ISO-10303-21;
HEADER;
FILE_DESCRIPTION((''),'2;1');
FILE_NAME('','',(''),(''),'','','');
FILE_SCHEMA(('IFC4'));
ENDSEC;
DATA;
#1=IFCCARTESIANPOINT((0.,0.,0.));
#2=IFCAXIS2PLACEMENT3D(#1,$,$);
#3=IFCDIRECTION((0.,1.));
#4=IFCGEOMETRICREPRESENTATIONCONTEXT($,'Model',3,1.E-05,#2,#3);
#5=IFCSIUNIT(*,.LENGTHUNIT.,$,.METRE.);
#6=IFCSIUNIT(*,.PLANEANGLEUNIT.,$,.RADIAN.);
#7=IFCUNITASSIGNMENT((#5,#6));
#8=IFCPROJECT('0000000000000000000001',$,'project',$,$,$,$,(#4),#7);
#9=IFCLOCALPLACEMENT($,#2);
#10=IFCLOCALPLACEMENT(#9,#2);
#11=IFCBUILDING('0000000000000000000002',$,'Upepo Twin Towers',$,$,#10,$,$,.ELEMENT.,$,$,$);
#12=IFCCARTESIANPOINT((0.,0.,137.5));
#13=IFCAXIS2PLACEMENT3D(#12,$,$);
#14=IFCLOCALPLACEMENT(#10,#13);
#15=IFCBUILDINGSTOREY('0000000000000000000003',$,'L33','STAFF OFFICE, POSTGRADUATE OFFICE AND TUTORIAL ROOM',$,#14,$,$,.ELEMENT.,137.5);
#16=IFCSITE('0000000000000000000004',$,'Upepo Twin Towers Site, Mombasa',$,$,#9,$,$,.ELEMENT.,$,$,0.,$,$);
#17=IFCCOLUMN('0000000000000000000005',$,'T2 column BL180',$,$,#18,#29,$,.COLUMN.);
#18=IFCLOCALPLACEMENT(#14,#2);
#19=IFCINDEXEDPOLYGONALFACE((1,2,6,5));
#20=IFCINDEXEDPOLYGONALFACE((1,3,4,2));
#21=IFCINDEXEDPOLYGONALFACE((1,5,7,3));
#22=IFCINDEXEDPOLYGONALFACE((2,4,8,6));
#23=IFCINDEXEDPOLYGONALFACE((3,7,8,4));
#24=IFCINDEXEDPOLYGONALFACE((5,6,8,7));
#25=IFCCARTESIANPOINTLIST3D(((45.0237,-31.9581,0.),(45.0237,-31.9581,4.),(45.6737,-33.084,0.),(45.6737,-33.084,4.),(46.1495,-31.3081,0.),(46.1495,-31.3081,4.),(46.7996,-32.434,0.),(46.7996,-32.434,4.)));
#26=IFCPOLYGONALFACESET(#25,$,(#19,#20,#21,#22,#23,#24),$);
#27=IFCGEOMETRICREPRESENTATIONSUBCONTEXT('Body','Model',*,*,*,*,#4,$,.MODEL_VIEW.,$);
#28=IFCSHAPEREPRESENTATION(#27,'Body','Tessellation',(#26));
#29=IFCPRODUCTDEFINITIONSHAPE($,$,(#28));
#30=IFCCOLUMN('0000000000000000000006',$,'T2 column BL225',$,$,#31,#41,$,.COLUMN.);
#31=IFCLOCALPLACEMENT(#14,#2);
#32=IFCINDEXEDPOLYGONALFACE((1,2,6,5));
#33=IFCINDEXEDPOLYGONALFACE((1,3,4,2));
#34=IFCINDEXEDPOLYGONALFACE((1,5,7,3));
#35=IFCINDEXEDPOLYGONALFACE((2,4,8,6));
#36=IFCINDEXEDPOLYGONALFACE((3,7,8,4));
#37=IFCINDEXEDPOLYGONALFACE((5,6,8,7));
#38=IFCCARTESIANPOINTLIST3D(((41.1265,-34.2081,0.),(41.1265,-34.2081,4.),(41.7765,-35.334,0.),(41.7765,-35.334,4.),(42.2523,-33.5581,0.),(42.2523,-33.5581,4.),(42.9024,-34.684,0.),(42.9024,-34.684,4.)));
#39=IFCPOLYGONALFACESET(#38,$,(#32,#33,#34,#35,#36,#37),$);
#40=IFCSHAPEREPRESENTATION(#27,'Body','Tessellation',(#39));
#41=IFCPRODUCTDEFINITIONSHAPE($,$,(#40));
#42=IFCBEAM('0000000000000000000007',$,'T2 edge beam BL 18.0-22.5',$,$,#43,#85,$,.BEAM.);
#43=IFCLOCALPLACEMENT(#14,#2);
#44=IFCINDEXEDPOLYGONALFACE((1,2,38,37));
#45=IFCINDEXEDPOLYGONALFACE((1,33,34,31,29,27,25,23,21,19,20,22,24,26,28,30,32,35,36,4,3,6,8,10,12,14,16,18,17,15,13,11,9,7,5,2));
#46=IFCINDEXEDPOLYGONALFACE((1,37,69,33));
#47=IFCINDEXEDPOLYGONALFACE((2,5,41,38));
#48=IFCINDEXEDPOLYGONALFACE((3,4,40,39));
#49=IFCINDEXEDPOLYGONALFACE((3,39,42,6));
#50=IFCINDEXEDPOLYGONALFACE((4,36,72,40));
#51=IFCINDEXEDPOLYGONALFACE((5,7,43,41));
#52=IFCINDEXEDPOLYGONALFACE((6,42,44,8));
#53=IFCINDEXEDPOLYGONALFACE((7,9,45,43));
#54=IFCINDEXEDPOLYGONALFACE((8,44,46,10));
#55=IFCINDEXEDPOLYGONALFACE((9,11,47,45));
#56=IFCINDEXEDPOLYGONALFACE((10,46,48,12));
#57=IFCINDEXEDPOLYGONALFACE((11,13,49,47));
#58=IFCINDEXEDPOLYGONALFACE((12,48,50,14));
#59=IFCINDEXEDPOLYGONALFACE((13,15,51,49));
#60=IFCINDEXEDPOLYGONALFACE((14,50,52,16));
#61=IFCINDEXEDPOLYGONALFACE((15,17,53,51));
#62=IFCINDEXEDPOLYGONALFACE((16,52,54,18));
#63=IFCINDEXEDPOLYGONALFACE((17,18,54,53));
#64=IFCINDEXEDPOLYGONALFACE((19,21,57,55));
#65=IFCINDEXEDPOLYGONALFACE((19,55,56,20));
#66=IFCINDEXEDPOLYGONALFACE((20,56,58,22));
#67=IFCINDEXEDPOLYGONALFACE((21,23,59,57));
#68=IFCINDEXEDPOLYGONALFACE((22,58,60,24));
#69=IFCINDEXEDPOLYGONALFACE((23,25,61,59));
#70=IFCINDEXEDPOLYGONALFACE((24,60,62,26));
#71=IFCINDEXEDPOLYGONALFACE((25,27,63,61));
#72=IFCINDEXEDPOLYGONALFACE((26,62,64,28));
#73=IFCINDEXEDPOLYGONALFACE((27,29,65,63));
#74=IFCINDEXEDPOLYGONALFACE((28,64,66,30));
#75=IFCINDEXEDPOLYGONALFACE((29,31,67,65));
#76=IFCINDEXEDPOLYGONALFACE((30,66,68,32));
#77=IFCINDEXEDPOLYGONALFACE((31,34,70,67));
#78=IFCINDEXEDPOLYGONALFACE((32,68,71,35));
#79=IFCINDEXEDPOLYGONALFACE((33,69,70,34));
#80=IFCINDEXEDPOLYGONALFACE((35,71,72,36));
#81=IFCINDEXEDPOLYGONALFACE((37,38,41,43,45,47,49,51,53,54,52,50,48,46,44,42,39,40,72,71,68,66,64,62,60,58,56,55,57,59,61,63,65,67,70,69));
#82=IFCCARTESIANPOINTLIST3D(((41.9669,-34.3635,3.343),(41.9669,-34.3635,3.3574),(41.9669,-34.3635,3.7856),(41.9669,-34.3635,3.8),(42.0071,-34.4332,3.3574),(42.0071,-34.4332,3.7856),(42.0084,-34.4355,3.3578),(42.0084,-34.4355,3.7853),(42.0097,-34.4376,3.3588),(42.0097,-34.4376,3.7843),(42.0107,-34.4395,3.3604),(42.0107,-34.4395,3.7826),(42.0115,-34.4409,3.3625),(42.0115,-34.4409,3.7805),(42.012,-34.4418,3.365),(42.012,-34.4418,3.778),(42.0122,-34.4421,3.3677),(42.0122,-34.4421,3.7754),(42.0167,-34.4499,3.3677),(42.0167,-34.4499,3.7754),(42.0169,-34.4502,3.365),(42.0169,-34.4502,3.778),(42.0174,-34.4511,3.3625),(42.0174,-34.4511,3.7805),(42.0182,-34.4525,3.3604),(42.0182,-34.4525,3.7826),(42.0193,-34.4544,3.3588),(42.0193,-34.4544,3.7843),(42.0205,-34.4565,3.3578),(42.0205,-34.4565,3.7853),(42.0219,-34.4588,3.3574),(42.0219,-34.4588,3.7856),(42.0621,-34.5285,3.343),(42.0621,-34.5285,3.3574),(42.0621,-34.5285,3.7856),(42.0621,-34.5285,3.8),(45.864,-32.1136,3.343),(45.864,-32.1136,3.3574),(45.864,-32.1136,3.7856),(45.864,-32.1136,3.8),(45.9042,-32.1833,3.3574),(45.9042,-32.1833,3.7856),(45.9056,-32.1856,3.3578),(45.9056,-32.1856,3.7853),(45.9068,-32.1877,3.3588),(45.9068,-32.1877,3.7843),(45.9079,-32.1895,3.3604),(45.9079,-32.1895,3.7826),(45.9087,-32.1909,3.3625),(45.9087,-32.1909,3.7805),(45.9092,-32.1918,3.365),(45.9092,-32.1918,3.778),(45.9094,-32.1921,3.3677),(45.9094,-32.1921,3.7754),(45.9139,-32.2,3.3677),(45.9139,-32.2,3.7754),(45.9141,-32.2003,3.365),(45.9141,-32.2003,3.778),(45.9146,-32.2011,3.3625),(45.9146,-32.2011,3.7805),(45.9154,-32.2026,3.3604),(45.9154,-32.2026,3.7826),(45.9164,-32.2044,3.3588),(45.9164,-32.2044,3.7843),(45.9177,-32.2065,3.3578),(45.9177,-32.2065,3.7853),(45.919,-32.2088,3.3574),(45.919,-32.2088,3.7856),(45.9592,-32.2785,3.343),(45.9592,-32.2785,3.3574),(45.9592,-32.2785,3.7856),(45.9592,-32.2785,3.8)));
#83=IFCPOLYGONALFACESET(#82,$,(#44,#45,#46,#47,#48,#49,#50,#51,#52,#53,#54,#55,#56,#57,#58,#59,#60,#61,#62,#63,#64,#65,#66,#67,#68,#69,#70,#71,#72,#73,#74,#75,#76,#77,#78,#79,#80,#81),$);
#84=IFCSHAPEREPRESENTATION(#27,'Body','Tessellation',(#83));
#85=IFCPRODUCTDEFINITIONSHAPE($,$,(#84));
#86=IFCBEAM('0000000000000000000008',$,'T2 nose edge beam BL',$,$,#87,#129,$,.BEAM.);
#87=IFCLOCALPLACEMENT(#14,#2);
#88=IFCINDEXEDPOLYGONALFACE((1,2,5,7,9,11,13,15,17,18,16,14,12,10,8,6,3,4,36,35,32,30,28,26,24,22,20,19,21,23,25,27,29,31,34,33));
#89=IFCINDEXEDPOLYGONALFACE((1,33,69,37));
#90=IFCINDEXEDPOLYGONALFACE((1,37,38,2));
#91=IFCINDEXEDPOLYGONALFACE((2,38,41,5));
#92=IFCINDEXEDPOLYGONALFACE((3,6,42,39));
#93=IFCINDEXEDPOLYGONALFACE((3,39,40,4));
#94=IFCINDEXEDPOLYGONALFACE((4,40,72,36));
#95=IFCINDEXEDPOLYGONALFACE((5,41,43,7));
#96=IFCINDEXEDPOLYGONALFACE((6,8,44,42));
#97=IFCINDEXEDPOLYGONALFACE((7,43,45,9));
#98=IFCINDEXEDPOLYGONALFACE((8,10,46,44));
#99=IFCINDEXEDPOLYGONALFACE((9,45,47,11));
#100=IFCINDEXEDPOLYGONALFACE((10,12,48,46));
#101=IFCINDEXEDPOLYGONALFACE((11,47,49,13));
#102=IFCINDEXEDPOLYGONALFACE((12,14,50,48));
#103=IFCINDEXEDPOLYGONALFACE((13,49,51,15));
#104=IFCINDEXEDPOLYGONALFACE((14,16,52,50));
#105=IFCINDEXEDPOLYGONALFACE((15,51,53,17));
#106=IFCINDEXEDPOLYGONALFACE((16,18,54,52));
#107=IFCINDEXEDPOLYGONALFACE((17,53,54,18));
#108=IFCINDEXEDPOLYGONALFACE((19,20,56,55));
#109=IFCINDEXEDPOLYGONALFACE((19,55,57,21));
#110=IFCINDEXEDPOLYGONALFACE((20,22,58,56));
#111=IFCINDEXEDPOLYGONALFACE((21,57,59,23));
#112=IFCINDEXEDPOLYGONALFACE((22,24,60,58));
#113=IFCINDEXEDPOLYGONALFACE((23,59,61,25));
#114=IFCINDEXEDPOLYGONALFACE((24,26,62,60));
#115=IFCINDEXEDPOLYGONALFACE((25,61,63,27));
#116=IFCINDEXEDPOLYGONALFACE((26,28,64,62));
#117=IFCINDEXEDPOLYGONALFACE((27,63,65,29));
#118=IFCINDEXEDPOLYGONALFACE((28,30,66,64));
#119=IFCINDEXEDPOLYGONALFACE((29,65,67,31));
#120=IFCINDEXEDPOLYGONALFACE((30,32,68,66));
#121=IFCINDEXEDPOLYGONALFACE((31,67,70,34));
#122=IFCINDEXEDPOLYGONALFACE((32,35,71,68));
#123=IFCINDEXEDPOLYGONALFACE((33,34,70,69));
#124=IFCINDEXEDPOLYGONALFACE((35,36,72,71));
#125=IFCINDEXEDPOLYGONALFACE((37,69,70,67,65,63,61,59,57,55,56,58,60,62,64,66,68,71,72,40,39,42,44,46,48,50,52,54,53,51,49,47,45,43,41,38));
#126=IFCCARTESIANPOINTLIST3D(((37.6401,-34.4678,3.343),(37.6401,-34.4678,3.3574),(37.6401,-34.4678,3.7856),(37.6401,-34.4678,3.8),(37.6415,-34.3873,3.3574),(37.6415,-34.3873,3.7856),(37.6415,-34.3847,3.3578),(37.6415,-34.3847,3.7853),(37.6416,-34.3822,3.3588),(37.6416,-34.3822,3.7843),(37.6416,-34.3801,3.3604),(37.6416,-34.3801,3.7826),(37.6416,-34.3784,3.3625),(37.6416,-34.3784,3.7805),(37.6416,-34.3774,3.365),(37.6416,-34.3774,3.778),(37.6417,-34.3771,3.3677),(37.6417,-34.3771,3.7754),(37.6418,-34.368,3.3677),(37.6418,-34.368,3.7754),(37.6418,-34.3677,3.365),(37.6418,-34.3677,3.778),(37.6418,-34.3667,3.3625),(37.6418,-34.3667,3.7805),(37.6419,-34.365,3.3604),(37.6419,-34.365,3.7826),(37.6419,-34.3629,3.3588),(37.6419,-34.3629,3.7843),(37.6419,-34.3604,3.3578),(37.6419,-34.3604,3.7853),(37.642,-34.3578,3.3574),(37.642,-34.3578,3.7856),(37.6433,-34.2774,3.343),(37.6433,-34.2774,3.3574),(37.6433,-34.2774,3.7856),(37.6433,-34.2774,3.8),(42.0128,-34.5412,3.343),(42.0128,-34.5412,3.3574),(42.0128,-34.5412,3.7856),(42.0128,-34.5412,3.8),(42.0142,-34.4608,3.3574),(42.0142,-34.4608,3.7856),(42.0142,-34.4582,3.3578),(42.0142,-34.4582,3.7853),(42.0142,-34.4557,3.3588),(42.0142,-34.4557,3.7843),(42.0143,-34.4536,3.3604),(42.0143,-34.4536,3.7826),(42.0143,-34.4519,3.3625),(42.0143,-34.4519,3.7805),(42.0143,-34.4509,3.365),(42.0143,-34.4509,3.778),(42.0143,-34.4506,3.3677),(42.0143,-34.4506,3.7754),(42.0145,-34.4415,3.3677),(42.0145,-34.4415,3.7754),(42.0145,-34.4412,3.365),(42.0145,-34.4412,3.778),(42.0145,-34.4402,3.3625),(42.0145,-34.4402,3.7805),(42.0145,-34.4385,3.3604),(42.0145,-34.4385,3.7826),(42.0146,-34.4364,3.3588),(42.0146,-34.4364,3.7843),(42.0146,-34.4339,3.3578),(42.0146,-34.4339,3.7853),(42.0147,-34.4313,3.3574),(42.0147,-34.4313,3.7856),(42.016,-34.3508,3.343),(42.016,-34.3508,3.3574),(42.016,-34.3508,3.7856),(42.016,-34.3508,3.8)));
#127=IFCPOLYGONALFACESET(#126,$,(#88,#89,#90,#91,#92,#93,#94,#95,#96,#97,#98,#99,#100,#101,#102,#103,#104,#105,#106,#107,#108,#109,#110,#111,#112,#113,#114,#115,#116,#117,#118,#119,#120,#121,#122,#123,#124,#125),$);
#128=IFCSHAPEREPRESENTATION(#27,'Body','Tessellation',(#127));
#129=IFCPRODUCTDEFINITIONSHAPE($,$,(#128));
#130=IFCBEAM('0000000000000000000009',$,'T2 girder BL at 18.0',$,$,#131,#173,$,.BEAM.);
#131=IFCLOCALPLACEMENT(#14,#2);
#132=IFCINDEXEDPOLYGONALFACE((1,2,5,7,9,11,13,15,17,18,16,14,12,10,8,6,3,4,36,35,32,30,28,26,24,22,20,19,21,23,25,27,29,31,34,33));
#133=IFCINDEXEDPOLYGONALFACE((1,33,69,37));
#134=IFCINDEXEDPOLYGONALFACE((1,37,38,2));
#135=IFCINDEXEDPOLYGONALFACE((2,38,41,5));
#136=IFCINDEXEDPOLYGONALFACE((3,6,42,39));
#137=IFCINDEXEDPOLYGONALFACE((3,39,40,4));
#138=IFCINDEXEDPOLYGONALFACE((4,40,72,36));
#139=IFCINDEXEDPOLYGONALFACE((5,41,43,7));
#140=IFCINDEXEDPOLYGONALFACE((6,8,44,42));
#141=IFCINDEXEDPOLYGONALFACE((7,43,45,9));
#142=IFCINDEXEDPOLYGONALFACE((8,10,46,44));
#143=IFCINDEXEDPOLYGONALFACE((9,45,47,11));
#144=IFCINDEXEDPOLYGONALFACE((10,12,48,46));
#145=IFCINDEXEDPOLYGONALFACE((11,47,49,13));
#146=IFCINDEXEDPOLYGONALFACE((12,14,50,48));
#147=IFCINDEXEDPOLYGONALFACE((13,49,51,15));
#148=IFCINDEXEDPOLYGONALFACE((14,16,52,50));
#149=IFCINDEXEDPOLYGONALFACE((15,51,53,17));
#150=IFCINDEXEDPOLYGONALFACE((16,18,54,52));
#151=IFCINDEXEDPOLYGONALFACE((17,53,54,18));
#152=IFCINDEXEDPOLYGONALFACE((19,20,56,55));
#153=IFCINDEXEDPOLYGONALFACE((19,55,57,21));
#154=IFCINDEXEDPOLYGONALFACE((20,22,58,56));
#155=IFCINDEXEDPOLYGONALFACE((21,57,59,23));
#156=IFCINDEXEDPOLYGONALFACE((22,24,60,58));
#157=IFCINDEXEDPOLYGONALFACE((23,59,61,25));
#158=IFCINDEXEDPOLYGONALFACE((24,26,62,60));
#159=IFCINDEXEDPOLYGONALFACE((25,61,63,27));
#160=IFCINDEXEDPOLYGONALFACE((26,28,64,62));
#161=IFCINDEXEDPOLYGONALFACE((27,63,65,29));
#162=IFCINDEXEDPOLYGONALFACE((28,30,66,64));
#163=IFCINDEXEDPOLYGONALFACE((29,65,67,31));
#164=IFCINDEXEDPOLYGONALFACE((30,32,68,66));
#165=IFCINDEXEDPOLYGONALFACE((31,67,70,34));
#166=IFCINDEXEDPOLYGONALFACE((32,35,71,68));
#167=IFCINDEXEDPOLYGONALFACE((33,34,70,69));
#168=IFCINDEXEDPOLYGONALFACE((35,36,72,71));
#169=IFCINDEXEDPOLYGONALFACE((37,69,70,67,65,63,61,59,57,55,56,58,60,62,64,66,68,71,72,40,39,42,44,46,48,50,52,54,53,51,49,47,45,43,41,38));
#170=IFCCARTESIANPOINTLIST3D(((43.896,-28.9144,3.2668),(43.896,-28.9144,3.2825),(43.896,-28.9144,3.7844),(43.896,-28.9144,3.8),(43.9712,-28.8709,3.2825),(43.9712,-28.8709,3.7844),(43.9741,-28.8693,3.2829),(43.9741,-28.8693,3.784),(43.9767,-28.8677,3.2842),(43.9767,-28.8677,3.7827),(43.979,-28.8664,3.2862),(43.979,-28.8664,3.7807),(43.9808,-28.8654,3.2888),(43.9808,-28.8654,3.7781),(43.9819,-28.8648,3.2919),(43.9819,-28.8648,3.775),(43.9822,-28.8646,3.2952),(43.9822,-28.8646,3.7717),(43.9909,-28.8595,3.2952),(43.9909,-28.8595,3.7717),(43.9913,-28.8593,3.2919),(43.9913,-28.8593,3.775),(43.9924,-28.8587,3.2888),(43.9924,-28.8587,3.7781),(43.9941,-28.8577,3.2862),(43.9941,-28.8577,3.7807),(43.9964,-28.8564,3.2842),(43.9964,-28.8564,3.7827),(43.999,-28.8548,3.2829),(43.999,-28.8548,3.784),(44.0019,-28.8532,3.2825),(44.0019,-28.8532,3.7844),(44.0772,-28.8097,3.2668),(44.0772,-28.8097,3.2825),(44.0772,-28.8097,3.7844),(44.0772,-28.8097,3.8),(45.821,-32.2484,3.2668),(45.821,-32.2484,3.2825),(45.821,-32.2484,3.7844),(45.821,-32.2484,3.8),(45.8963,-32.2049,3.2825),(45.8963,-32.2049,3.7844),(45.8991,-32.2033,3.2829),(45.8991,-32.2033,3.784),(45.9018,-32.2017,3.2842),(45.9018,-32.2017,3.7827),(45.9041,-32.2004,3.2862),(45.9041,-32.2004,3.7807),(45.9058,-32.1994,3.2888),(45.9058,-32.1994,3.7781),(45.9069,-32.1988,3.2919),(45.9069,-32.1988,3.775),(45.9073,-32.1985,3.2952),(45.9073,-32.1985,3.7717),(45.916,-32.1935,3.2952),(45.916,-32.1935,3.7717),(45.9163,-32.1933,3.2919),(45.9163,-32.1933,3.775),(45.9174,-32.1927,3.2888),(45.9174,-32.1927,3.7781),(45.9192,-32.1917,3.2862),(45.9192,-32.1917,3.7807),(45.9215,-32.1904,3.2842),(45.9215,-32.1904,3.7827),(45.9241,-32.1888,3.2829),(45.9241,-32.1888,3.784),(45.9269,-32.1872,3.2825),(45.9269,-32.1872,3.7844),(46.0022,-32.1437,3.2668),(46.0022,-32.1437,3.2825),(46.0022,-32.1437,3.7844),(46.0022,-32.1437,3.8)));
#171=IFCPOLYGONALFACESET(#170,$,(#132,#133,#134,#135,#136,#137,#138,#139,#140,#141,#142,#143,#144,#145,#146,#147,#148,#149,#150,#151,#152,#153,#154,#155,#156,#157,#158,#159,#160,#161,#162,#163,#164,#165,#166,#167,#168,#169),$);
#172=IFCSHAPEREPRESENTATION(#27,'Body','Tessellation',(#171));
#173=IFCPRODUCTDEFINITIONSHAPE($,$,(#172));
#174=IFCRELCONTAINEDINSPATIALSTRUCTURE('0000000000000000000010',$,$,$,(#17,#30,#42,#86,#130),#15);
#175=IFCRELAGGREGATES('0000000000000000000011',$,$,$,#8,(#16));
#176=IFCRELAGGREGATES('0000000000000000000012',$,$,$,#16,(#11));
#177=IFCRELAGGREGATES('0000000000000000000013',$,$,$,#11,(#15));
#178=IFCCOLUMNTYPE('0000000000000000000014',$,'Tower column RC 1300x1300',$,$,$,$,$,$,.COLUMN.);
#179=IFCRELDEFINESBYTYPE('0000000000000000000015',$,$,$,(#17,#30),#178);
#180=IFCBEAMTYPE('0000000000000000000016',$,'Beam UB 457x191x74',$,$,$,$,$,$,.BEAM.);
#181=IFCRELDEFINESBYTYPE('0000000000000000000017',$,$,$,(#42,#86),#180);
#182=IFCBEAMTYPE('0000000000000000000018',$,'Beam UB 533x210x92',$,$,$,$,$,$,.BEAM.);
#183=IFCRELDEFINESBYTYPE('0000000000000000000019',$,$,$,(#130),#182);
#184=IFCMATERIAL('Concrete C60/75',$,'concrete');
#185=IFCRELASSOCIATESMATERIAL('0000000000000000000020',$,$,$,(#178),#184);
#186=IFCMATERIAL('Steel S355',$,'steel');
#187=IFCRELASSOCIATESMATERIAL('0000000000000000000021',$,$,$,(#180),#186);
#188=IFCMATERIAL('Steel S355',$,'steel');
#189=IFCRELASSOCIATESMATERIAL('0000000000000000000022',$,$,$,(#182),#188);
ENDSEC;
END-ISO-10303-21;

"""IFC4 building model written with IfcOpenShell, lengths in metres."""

from ifc_helpers import new_model, si_unit, direction, frame, origin, origin_2d, place, context, subcontext, project, spatial, rectangle, i_section, extrude, material, material_profile, profile_set, type_object, element, save


model = new_model("IFC4")

# Units and contexts
model_context = context("Model", 3, precision=1e-05, world=origin(), true_north=direction((0.0, 1.0)))
body_context = subcontext(model_context, "Body", "Model", "MODEL_VIEW")
ifc_project = project(units=[si_unit("LENGTHUNIT", "METRE"), si_unit("PLANEANGLEUNIT", "RADIAN")], contexts=[model_context])

# Site, building, storey
site_placement = place(None, origin())
site = spatial("IfcSite", under=ifc_project, at=site_placement, Name="Upepo Twin Towers Site, Mombasa", CompositionType="ELEMENT", RefElevation=0.0)
building_placement = place(site_placement, origin())
building = spatial("IfcBuilding", under=site, at=building_placement, Name="Upepo Twin Towers", CompositionType="ELEMENT")
storey_placement = place(building_placement, frame((0.0, 0.0, 137.5)))
storey = spatial("IfcBuildingStorey", under=building, at=storey_placement, Name="L33", Description="STAFF OFFICE, POSTGRADUATE OFFICE AND TUTORIAL ROOM", CompositionType="ELEMENT", Elevation=137.5)

# Columns
ifc_material_1 = material(Name="Concrete C60/75", Category="concrete")
ifc_material_profile_1 = material_profile(ifc_material_1, rectangle(XDim=1.3, YDim=1.3, at=origin_2d()), Name="RC 1300x1300")
ifc_profile_set_1 = profile_set([ifc_material_profile_1], Name="Concrete C60/75")
column_type = type_object("IfcColumnType", Name="Tower column RC 1300x1300", PredefinedType="COLUMN", material=ifc_profile_set_1)
for number, where, z_axis, x_axis, name in (
    (1, (45.9116, -32.196, 0.0), (0.0, 0.0, 1.0), (0.866025, 0.5, 0.0), "T2 column BL180"),
    (2, (42.0144, -34.446, 0.0), (0.0, 0.0, 1.0), (0.866025, 0.5, 0.0), "T2 column BL225"),
):
    element("IfcColumn", number, at=place(storey_placement, frame(where, z_axis=z_axis, x_axis=x_axis)), inside=storey, type_object=column_type, Name=name, PredefinedType="COLUMN", context=body_context, shape_type="SweptSolid", body=[
        extrude(rectangle(XDim=1.3, YDim=1.3, at=origin_2d()), origin(), (0.0, 0.0, 1.0), 4.0),
    ])

# Beams
ifc_material_2 = material(Name="Steel S355", Category="steel")
ifc_material_profile_2 = material_profile(ifc_material_2, i_section(OverallWidth=0.1904, OverallDepth=0.457, WebThickness=0.009, FlangeThickness=0.0144, FilletRadius=0.0103, at=origin_2d()), Name="UB 457x191x74")
ifc_profile_set_2 = profile_set([ifc_material_profile_2], Name="Steel S355")
beam_type_1 = type_object("IfcBeamType", Name="Beam UB 457x191x74", PredefinedType="BEAM", material=ifc_profile_set_2)
beam_1_placement = place(storey_placement, frame((45.9116, -32.196, 3.5715), z_axis=(-0.866031, -0.49999, 0.0), x_axis=(0.49999, -0.866031, 0.0)))
element("IfcBeam", 3, at=beam_1_placement, inside=storey, type_object=beam_type_1, Name="T2 edge beam BL 18.0-22.5", PredefinedType="BEAM", context=body_context, shape_type="SweptSolid", body=[
    extrude(i_section(OverallWidth=0.1904, OverallDepth=0.457, WebThickness=0.009, FlangeThickness=0.0144, FilletRadius=0.0103, at=origin_2d()), origin(), (0.0, 0.0, 1.0), 4.5),
])
beam_2_placement = place(storey_placement, frame((42.0144, -34.446, 3.5715), z_axis=(-0.999859, 0.016804, 0.0), x_axis=(-0.016804, -0.999859, 0.0)))
element("IfcBeam", 4, at=beam_2_placement, inside=storey, type_object=beam_type_1, Name="T2 nose edge beam BL", PredefinedType="BEAM", context=body_context, shape_type="SweptSolid", body=[
    extrude(i_section(OverallWidth=0.1904, OverallDepth=0.457, WebThickness=0.009, FlangeThickness=0.0144, FilletRadius=0.0103, at=origin_2d()), origin(), (0.0, 0.0, 1.0), 4.3733),
])
ifc_material_3 = material(Name="Steel S355", Category="steel")
ifc_material_profile_3 = material_profile(ifc_material_3, i_section(OverallWidth=0.2092, OverallDepth=0.5332, WebThickness=0.01, FlangeThickness=0.0156, FilletRadius=0.0127, at=origin_2d()), Name="UB 533x210x92")
ifc_profile_set_3 = profile_set([ifc_material_profile_3], Name="Steel S355")
beam_type_2 = type_object("IfcBeamType", Name="Beam UB 533x210x92", PredefinedType="BEAM", material=ifc_profile_set_3)
for number, where, z_axis, x_axis, name in (
    (5, (45.9116, -32.196, 3.5334), (-0.500034, 0.866006, 0.0), (-0.866006, -0.500034, 0.0), "T2 girder BL at 18.0"),
):
    element("IfcBeam", number, at=place(storey_placement, frame(where, z_axis=z_axis, x_axis=x_axis)), inside=storey, type_object=beam_type_2, Name=name, PredefinedType="BEAM", context=body_context, shape_type="SweptSolid", body=[
        extrude(i_section(OverallWidth=0.2092, OverallDepth=0.5332, WebThickness=0.01, FlangeThickness=0.0156, FilletRadius=0.0127, at=origin_2d()), origin(), (0.0, 0.0, 1.0), 3.8499),
    ])

save(model, "model.ifc")
